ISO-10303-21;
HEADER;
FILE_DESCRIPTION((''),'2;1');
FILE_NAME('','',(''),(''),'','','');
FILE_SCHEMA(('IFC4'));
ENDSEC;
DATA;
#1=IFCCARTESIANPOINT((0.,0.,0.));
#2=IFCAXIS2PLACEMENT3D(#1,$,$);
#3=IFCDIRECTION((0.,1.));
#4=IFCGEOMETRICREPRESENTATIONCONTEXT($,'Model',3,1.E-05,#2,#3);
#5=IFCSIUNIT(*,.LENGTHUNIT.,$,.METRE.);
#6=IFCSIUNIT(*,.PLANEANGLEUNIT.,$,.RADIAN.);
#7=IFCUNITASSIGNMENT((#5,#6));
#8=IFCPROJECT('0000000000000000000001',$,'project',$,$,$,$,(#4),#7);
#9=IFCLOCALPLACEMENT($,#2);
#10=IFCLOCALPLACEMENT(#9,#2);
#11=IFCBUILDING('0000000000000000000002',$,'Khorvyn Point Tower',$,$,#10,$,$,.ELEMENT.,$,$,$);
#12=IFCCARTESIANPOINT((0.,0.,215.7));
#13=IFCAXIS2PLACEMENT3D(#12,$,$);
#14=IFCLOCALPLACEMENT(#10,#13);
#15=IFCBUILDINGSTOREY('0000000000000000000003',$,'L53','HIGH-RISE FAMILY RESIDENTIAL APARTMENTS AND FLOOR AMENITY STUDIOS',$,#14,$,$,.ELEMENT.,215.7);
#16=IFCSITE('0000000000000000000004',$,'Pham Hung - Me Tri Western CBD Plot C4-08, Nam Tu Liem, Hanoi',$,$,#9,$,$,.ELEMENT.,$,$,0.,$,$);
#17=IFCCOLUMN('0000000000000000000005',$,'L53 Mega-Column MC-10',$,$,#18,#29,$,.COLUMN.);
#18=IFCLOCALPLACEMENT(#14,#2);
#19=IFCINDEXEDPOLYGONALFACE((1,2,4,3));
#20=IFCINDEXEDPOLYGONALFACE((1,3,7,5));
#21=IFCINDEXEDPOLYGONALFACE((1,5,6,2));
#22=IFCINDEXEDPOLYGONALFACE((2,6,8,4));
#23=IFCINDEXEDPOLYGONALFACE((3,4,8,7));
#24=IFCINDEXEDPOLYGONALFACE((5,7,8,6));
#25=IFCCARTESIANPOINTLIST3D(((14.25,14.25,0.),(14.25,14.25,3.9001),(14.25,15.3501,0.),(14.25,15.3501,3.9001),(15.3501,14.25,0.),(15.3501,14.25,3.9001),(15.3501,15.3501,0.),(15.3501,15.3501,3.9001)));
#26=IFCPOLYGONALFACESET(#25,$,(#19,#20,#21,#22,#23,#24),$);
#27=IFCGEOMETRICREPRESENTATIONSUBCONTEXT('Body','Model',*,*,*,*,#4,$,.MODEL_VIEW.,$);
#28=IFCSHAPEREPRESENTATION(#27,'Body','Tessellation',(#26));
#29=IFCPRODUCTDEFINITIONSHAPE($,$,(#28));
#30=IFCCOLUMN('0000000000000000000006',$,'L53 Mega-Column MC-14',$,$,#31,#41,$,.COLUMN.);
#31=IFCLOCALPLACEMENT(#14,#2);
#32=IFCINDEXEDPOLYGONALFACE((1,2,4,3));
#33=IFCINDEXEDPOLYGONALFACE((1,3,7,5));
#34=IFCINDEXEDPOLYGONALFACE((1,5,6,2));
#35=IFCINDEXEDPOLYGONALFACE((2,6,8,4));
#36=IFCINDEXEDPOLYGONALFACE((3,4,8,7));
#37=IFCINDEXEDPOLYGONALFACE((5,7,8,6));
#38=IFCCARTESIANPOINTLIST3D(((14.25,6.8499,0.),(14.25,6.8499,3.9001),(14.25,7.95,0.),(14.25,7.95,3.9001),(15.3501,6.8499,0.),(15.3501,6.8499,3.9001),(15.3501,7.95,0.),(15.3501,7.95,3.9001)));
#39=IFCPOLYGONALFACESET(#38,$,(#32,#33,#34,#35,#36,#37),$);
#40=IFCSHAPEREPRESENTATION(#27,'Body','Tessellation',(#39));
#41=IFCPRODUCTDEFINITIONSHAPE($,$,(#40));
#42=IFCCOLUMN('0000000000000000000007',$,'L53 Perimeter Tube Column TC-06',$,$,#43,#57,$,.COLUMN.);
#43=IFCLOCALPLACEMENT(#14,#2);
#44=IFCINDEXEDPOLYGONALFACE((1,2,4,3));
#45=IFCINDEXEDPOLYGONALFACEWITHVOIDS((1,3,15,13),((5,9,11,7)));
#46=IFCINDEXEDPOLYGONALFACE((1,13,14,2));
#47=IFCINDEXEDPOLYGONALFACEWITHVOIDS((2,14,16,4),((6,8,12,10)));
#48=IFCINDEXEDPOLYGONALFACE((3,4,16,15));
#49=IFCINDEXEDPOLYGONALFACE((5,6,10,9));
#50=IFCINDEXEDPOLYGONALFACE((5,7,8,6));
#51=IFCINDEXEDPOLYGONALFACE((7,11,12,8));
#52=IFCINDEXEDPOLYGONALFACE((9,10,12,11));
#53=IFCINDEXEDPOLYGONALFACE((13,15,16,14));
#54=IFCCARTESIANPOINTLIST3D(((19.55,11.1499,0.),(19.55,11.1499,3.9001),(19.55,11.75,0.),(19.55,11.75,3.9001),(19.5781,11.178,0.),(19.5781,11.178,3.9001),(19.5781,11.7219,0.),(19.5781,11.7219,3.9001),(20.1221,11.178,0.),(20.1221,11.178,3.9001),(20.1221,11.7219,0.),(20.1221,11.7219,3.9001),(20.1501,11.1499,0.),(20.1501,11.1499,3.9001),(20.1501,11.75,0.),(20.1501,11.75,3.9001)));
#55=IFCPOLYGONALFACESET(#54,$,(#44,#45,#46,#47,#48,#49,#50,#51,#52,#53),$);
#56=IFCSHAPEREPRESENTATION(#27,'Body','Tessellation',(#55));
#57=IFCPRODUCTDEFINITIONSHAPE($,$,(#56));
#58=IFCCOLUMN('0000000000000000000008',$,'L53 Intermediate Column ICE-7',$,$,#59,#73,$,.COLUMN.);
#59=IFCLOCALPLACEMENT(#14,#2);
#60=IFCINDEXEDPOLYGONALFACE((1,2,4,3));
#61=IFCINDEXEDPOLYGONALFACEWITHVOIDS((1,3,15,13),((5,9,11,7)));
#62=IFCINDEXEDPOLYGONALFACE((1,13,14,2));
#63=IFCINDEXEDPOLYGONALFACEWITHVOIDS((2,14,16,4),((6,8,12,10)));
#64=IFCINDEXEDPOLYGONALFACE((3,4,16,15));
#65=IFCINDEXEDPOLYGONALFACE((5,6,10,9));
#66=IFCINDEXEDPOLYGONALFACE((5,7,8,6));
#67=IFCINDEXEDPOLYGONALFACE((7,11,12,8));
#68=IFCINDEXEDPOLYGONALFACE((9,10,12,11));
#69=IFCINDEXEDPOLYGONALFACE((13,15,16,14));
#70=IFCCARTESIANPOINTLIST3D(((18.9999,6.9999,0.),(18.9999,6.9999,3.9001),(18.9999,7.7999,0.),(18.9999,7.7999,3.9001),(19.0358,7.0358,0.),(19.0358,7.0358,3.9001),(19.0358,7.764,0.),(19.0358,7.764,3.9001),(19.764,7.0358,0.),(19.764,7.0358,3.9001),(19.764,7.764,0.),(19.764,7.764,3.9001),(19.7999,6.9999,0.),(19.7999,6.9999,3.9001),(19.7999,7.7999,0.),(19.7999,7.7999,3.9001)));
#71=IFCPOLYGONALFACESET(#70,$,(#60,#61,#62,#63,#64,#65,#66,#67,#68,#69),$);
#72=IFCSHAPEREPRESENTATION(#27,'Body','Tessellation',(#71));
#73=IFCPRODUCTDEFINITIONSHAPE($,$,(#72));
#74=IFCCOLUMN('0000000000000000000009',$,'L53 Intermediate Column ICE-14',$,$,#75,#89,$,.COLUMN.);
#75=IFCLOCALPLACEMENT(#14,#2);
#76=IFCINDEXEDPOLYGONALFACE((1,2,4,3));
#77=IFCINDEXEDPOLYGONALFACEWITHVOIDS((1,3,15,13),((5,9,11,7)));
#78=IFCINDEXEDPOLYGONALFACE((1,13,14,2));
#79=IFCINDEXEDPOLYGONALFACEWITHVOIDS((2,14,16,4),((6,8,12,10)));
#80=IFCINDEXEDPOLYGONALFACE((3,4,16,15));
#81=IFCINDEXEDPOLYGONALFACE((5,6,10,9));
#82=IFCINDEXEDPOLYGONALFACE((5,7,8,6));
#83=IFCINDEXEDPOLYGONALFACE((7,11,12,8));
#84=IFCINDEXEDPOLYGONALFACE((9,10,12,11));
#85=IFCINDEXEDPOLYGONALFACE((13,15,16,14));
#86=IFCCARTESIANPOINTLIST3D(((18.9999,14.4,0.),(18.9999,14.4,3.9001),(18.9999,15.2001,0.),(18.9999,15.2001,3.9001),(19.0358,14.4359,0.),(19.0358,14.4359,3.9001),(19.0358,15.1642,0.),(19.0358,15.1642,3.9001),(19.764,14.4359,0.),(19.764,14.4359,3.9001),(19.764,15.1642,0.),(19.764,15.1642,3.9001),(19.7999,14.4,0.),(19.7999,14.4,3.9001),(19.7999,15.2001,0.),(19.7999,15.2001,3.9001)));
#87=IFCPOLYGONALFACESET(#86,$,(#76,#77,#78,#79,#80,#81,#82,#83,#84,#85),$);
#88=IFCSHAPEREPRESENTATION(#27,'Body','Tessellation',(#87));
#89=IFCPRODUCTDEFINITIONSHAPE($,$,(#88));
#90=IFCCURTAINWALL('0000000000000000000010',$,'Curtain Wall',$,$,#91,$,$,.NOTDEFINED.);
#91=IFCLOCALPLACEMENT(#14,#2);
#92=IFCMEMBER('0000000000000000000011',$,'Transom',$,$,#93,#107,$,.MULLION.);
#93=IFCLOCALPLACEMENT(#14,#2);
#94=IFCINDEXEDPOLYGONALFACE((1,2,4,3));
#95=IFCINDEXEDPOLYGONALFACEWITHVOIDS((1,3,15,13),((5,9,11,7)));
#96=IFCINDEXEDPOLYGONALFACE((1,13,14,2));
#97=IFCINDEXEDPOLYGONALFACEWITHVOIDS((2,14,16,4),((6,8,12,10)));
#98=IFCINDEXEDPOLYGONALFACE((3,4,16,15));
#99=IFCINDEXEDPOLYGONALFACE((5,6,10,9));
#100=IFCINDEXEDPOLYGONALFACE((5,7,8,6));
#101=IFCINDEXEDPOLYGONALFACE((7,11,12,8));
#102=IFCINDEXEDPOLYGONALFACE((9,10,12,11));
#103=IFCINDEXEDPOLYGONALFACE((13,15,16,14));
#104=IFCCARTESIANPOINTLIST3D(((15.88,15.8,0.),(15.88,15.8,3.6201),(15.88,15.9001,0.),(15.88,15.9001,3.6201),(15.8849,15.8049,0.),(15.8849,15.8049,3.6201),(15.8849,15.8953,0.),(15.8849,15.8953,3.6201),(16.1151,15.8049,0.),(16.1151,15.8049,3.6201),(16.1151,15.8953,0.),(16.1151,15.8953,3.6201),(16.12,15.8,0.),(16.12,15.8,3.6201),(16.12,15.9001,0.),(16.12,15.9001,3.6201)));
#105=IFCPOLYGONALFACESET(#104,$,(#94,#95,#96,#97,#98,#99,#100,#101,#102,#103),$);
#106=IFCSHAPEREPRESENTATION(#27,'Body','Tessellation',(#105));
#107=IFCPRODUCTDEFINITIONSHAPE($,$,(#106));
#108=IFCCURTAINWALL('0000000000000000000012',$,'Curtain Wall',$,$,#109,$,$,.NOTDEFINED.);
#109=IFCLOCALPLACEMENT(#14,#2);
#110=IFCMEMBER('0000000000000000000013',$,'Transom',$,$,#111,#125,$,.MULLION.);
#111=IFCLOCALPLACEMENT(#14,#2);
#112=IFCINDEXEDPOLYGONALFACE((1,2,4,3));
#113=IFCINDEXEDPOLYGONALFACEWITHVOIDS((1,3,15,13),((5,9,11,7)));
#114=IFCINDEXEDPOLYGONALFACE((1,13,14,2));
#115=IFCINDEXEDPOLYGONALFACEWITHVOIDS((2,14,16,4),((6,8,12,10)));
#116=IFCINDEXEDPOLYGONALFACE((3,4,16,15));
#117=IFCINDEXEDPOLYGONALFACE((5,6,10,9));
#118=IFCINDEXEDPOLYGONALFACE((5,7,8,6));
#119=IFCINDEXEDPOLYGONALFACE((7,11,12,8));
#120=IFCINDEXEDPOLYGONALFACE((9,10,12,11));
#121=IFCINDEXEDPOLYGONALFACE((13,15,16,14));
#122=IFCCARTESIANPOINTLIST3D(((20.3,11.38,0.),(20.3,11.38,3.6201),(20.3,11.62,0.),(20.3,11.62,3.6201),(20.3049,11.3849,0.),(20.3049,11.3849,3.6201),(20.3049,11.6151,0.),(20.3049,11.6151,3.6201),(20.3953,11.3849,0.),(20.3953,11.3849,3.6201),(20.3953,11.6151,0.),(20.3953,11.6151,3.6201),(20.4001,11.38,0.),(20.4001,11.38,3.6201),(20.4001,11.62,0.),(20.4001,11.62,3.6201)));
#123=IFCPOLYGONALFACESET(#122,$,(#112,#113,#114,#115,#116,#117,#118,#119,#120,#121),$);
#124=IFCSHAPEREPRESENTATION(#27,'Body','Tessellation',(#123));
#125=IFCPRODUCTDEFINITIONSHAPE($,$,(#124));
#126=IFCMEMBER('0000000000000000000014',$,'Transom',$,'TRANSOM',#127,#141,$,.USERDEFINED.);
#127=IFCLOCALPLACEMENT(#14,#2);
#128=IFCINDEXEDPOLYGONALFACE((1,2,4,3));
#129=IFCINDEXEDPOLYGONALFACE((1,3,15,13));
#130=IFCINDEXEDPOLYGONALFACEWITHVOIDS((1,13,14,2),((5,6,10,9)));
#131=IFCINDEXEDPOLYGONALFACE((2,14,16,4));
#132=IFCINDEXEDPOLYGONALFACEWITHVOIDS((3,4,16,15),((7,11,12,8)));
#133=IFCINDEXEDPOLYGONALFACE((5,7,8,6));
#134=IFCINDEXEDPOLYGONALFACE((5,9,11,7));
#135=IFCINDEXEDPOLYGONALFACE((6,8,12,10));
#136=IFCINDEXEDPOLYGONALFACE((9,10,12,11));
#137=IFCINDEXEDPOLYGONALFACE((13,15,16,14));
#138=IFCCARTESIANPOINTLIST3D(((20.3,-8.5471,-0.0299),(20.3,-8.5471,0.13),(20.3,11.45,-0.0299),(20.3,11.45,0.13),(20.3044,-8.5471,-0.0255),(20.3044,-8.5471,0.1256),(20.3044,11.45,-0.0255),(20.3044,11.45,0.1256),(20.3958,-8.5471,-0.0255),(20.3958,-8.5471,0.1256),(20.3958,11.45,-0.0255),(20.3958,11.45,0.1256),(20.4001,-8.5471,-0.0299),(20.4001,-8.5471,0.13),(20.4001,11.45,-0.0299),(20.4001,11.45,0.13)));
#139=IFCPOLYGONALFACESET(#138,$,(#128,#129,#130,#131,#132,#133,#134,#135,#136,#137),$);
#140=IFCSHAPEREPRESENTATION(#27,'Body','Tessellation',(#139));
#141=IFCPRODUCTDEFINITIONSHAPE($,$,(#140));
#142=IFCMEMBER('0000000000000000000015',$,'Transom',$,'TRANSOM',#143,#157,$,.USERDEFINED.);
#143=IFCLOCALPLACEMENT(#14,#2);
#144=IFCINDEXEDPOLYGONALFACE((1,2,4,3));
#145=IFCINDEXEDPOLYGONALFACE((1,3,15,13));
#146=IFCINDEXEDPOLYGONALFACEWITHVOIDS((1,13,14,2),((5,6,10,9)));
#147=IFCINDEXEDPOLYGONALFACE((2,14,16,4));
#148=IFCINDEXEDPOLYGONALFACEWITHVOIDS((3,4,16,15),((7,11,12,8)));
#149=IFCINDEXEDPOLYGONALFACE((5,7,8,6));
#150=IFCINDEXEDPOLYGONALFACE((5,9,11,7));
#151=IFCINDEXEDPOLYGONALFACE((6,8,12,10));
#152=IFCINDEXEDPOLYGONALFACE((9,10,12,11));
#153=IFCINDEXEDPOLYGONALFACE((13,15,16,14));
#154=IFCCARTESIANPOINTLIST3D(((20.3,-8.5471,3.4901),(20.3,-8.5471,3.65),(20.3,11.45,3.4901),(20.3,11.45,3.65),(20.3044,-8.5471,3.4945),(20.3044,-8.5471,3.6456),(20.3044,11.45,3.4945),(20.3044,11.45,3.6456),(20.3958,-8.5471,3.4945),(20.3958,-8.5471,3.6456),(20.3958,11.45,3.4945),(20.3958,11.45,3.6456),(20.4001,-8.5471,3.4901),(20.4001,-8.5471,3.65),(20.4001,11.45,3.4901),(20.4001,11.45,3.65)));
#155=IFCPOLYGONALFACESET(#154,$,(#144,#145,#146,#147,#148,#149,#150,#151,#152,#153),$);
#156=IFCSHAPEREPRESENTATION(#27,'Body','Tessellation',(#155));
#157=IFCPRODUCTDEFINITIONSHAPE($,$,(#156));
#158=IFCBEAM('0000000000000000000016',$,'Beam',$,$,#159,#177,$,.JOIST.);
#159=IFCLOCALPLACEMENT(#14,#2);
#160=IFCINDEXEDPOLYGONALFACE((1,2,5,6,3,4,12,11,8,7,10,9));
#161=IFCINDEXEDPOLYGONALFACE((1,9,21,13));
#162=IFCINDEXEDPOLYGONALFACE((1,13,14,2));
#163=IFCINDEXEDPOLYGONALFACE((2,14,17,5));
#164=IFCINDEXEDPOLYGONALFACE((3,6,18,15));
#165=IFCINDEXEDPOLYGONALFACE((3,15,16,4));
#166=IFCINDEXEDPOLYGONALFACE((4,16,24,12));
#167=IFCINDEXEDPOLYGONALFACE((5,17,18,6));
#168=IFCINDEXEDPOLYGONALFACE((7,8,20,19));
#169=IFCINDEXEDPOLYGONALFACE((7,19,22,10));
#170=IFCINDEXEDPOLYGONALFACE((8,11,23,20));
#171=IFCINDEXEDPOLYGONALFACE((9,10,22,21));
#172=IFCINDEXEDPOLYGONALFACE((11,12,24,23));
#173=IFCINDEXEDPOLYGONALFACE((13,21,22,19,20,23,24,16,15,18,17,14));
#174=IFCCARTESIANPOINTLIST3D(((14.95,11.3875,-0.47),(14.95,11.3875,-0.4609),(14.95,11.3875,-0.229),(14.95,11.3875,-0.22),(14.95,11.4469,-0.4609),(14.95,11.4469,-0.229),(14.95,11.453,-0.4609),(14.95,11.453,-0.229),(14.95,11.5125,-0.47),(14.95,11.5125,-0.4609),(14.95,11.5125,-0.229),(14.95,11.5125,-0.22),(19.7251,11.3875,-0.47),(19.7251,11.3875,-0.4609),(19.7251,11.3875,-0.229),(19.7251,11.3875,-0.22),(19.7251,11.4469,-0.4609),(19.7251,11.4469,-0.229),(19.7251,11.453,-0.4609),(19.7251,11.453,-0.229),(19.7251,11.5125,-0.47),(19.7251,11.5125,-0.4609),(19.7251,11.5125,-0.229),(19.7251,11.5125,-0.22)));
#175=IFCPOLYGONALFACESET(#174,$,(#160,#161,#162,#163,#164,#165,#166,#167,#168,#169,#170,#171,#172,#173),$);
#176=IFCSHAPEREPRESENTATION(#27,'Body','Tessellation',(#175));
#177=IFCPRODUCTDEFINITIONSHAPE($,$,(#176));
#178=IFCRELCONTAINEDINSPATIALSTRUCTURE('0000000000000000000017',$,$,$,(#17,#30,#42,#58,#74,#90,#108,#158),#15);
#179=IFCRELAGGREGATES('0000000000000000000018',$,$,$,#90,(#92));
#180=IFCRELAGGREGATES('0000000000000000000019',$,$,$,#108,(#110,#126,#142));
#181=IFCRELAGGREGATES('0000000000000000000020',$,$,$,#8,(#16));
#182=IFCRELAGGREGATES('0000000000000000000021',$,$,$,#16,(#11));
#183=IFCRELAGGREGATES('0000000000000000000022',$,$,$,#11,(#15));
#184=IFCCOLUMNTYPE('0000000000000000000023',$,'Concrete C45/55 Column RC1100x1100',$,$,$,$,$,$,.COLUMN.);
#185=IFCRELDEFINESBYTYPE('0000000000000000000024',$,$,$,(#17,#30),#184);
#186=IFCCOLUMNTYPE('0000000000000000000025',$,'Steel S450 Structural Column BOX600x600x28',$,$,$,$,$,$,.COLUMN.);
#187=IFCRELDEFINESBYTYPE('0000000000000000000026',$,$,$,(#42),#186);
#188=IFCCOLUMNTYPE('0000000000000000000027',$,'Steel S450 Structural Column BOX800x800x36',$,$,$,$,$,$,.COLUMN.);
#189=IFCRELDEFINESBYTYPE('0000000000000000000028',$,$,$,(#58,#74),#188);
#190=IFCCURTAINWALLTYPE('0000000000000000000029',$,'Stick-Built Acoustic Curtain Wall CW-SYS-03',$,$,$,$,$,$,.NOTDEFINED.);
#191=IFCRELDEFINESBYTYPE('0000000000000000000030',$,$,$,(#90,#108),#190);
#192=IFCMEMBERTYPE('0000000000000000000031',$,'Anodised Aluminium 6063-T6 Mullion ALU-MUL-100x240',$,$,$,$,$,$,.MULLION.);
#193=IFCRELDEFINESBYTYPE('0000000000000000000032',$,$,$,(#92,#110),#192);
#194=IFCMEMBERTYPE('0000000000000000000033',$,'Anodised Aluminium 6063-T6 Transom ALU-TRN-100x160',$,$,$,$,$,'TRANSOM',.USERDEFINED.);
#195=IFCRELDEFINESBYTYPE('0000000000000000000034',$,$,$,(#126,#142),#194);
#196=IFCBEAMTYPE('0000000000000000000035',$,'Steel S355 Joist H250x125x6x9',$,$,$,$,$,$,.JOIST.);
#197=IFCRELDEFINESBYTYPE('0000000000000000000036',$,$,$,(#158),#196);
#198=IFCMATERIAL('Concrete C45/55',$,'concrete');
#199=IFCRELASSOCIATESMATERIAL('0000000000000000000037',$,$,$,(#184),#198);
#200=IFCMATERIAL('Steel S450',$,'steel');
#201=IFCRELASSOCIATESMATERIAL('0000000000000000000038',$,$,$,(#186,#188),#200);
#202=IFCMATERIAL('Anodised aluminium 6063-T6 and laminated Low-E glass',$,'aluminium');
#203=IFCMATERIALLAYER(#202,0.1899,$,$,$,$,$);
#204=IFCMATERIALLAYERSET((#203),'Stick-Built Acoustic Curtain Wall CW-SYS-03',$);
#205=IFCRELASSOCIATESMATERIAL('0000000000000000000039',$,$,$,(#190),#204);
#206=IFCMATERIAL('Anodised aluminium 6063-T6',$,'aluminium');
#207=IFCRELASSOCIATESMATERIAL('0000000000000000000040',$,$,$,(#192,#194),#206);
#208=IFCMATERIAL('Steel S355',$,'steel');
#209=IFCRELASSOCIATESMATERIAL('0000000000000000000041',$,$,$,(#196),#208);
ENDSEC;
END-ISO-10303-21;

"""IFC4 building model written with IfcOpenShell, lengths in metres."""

from ifc_helpers import new_model, si_unit, direction, frame, origin, origin_2d, place, context, subcontext, project, spatial, rectangle, hollow_rectangle, i_section, extrude, material, layer, layer_set, material_profile, profile_set, type_object, element, aggregate, save


model = new_model("IFC4")

# Units and contexts
model_context = context("Model", 3, precision=1e-05, world=origin(), true_north=direction((0.0, 1.0)))
body_context = subcontext(model_context, "Body", "Model", "MODEL_VIEW")
ifc_project = project(units=[si_unit("LENGTHUNIT", "METRE"), si_unit("PLANEANGLEUNIT", "RADIAN")], contexts=[model_context])

# Site, building, storey
site_placement = place(None, origin())
site = spatial("IfcSite", under=ifc_project, at=site_placement, Name="Pham Hung - Me Tri Western CBD Plot C4-08, Nam Tu Liem, Hanoi", CompositionType="ELEMENT", RefElevation=0.0)
building_placement = place(site_placement, origin())
building = spatial("IfcBuilding", under=site, at=building_placement, Name="Khorvyn Point Tower", CompositionType="ELEMENT")
storey_placement = place(building_placement, frame((0.0, 0.0, 215.7)))
storey = spatial("IfcBuildingStorey", under=building, at=storey_placement, Name="L53", Description="HIGH-RISE FAMILY RESIDENTIAL APARTMENTS AND FLOOR AMENITY STUDIOS", CompositionType="ELEMENT", Elevation=215.7)

# Columns
ifc_material_1 = material(Name="Concrete C45/55", Category="concrete")
ifc_material_profile_1 = material_profile(ifc_material_1, rectangle(XDim=1.1001, YDim=1.1001, at=origin_2d()))
ifc_profile_set_1 = profile_set([ifc_material_profile_1], Name="Concrete C45/55 RC1100x1100")
column_type_1 = type_object("IfcColumnType", Name="Concrete C45/55 Column RC1100x1100", PredefinedType="COLUMN", material=ifc_profile_set_1)
for number, where, z_axis, x_axis, name in (
    (1, (14.8, 14.8, 0.0), (0.0, 0.0, 1.0), (1.0, 0.0, 0.0), "L53 Mega-Column MC-10"),
    (2, (14.8, 7.3999, 0.0), (0.0, 0.0, 1.0), (1.0, 0.0, 0.0), "L53 Mega-Column MC-14"),
):
    element("IfcColumn", number, at=place(storey_placement, frame(where, z_axis=z_axis, x_axis=x_axis)), inside=storey, type_object=column_type_1, Name=name, PredefinedType="COLUMN", context=body_context, shape_type="SweptSolid", body=[
        extrude(rectangle(XDim=1.1001, YDim=1.1001, at=origin_2d()), origin(), (0.0, 0.0, 1.0), 3.9001),
    ])
ifc_material_2 = material(Name="Steel S450", Category="steel")
ifc_material_profile_2 = material_profile(ifc_material_2, hollow_rectangle(XDim=0.6001, YDim=0.6001, WallThickness=0.0281, at=origin_2d()))
ifc_profile_set_2 = profile_set([ifc_material_profile_2], Name="Steel S450 BOX600x600x28")
column_type_2 = type_object("IfcColumnType", Name="Steel S450 Structural Column BOX600x600x28", PredefinedType="COLUMN", material=ifc_profile_set_2)
column_placement = place(storey_placement, frame((19.8501, 11.45, 0.0), z_axis=(0.0, 0.0, 1.0), x_axis=(1.0, 0.0, 0.0)))
element("IfcColumn", 3, at=column_placement, inside=storey, type_object=column_type_2, Name="L53 Perimeter Tube Column TC-06", PredefinedType="COLUMN", context=body_context, shape_type="SweptSolid", body=[
    extrude(hollow_rectangle(XDim=0.6001, YDim=0.6001, WallThickness=0.0281, at=origin_2d()), origin(), (0.0, 0.0, 1.0), 3.9001),
])
ifc_material_profile_3 = material_profile(ifc_material_2, hollow_rectangle(XDim=0.8, YDim=0.8, WallThickness=0.0359, at=origin_2d()))
ifc_profile_set_3 = profile_set([ifc_material_profile_3], Name="Steel S450 BOX800x800x36")
column_type_3 = type_object("IfcColumnType", Name="Steel S450 Structural Column BOX800x800x36", PredefinedType="COLUMN", material=ifc_profile_set_3)
for number, where, z_axis, x_axis, name in (
    (4, (19.3999, 7.3999, 0.0), (0.0, 0.0, 1.0), (1.0, 0.0, 0.0), "L53 Intermediate Column ICE-7"),
    (5, (19.3999, 14.8, 0.0), (0.0, 0.0, 1.0), (1.0, 0.0, 0.0), "L53 Intermediate Column ICE-14"),
):
    element("IfcColumn", number, at=place(storey_placement, frame(where, z_axis=z_axis, x_axis=x_axis)), inside=storey, type_object=column_type_3, Name=name, PredefinedType="COLUMN", context=body_context, shape_type="SweptSolid", body=[
        extrude(hollow_rectangle(XDim=0.8, YDim=0.8, WallThickness=0.0359, at=origin_2d()), origin(), (0.0, 0.0, 1.0), 3.9001),
    ])

# Curtain wall, member
ifc_material_3 = material(Name="Anodised aluminium 6063-T6 and laminated Low-E glass", Category="aluminium")
ifc_layer_1 = layer(ifc_material_3, 0.1899)
ifc_layer_set_1 = layer_set([ifc_layer_1], Name="Stick-Built Acoustic Curtain Wall CW-SYS-03")
curtain_wall_type = type_object("IfcCurtainWallType", Name="Stick-Built Acoustic Curtain Wall CW-SYS-03", PredefinedType="NOTDEFINED", material=ifc_layer_set_1)
curtain_wall_1_placement = place(storey_placement, origin())
curtain_wall_1 = element("IfcCurtainWall", 6, at=curtain_wall_1_placement, inside=storey, type_object=curtain_wall_type, Name="Curtain Wall", PredefinedType="NOTDEFINED")
ifc_material_4 = material(Name="Anodised aluminium 6063-T6", Category="aluminium")
ifc_material_profile_4 = material_profile(ifc_material_4, hollow_rectangle(XDim=0.1001, YDim=0.24, WallThickness=0.0049, at=origin_2d()))
ifc_profile_set_4 = profile_set([ifc_material_profile_4], Name="Anodised aluminium 6063-T6 ALU-MUL-100x240")
member_type_1 = type_object("IfcMemberType", Name="Anodised Aluminium 6063-T6 Mullion ALU-MUL-100x240", PredefinedType="MULLION", material=ifc_profile_set_4)
member_1_placement = place(storey_placement, frame((16.0, 15.8501, 0.0), z_axis=(0.0, 0.0, 1.0), x_axis=(0.0, 1.0, 0.0)))
member_1 = element("IfcMember", 7, at=member_1_placement, type_object=member_type_1, Name="Transom", PredefinedType="MULLION", context=body_context, shape_type="SweptSolid", body=[
    extrude(hollow_rectangle(XDim=0.1001, YDim=0.24, WallThickness=0.0049, at=origin_2d()), origin(), (0.0, 0.0, 1.0), 3.6201),
])
aggregate(curtain_wall_1, [member_1])

# Curtain wall, members
curtain_wall_2_placement = place(storey_placement, origin())
curtain_wall_2 = element("IfcCurtainWall", 8, at=curtain_wall_2_placement, inside=storey, type_object=curtain_wall_type, Name="Curtain Wall", PredefinedType="NOTDEFINED")
member_2_placement = place(storey_placement, frame((20.3501, 11.5, 0.0), z_axis=(0.0, 0.0, 1.0), x_axis=(1.0, 0.0, 0.0)))
member_2 = element("IfcMember", 9, at=member_2_placement, type_object=member_type_1, Name="Transom", PredefinedType="MULLION", context=body_context, shape_type="SweptSolid", body=[
    extrude(hollow_rectangle(XDim=0.1001, YDim=0.24, WallThickness=0.0049, at=origin_2d()), origin(), (0.0, 0.0, 1.0), 3.6201),
])
ifc_material_profile_5 = material_profile(ifc_material_4, hollow_rectangle(XDim=0.1001, YDim=0.1599, WallThickness=0.0044, at=origin_2d()))
ifc_profile_set_5 = profile_set([ifc_material_profile_5], Name="Anodised aluminium 6063-T6 ALU-TRN-100x160")
member_type_2 = type_object("IfcMemberType", Name="Anodised Aluminium 6063-T6 Transom ALU-TRN-100x160", ElementType="TRANSOM", PredefinedType="USERDEFINED", material=ifc_profile_set_5)
member_3_placement = place(storey_placement, frame((20.3501, 11.45, 0.05), z_axis=(0.0, -1.0, 0.0), x_axis=(1.0, 0.0, 0.0)))
member_3 = element("IfcMember", 10, at=member_3_placement, type_object=member_type_2, Name="Transom", ObjectType="TRANSOM", PredefinedType="USERDEFINED", context=body_context, shape_type="SweptSolid", body=[
    extrude(hollow_rectangle(XDim=0.1001, YDim=0.1599, WallThickness=0.0044, at=origin_2d()), origin(), (0.0, 0.0, 1.0), 19.9971),
])
member_4_placement = place(storey_placement, frame((20.3501, 11.45, 3.5701), z_axis=(0.0, -1.0, 0.0), x_axis=(1.0, 0.0, 0.0)))
member_4 = element("IfcMember", 11, at=member_4_placement, type_object=member_type_2, Name="Transom", ObjectType="TRANSOM", PredefinedType="USERDEFINED", context=body_context, shape_type="SweptSolid", body=[
    extrude(hollow_rectangle(XDim=0.1001, YDim=0.1599, WallThickness=0.0044, at=origin_2d()), origin(), (0.0, 0.0, 1.0), 19.9971),
])
aggregate(curtain_wall_2, [member_2, member_3, member_4])

# Beam
ifc_material_5 = material(Name="Steel S355", Category="steel")
ifc_material_profile_6 = material_profile(ifc_material_5, i_section(OverallWidth=0.125, OverallDepth=0.25, WebThickness=0.0061, FlangeThickness=0.009, at=origin_2d()))
ifc_profile_set_6 = profile_set([ifc_material_profile_6], Name="Steel S355 H250x125x6x9")
beam_type_1 = type_object("IfcBeamType", Name="Steel S355 Joist H250x125x6x9", PredefinedType="JOIST", material=ifc_profile_set_6)
beam_1_placement = place(storey_placement, frame((14.95, 11.45, -0.345), z_axis=(1.0, 0.0, 0.0), x_axis=(0.0, 1.0, 0.0)))
element("IfcBeam", 12, at=beam_1_placement, inside=storey, type_object=beam_type_1, Name="Beam", PredefinedType="JOIST", context=body_context, shape_type="SweptSolid", body=[
    extrude(i_section(OverallWidth=0.125, OverallDepth=0.25, WebThickness=0.0061, FlangeThickness=0.009, at=origin_2d()), origin(), (0.0, 0.0, 1.0), 4.7751),
])

save(model, "model.ifc")
